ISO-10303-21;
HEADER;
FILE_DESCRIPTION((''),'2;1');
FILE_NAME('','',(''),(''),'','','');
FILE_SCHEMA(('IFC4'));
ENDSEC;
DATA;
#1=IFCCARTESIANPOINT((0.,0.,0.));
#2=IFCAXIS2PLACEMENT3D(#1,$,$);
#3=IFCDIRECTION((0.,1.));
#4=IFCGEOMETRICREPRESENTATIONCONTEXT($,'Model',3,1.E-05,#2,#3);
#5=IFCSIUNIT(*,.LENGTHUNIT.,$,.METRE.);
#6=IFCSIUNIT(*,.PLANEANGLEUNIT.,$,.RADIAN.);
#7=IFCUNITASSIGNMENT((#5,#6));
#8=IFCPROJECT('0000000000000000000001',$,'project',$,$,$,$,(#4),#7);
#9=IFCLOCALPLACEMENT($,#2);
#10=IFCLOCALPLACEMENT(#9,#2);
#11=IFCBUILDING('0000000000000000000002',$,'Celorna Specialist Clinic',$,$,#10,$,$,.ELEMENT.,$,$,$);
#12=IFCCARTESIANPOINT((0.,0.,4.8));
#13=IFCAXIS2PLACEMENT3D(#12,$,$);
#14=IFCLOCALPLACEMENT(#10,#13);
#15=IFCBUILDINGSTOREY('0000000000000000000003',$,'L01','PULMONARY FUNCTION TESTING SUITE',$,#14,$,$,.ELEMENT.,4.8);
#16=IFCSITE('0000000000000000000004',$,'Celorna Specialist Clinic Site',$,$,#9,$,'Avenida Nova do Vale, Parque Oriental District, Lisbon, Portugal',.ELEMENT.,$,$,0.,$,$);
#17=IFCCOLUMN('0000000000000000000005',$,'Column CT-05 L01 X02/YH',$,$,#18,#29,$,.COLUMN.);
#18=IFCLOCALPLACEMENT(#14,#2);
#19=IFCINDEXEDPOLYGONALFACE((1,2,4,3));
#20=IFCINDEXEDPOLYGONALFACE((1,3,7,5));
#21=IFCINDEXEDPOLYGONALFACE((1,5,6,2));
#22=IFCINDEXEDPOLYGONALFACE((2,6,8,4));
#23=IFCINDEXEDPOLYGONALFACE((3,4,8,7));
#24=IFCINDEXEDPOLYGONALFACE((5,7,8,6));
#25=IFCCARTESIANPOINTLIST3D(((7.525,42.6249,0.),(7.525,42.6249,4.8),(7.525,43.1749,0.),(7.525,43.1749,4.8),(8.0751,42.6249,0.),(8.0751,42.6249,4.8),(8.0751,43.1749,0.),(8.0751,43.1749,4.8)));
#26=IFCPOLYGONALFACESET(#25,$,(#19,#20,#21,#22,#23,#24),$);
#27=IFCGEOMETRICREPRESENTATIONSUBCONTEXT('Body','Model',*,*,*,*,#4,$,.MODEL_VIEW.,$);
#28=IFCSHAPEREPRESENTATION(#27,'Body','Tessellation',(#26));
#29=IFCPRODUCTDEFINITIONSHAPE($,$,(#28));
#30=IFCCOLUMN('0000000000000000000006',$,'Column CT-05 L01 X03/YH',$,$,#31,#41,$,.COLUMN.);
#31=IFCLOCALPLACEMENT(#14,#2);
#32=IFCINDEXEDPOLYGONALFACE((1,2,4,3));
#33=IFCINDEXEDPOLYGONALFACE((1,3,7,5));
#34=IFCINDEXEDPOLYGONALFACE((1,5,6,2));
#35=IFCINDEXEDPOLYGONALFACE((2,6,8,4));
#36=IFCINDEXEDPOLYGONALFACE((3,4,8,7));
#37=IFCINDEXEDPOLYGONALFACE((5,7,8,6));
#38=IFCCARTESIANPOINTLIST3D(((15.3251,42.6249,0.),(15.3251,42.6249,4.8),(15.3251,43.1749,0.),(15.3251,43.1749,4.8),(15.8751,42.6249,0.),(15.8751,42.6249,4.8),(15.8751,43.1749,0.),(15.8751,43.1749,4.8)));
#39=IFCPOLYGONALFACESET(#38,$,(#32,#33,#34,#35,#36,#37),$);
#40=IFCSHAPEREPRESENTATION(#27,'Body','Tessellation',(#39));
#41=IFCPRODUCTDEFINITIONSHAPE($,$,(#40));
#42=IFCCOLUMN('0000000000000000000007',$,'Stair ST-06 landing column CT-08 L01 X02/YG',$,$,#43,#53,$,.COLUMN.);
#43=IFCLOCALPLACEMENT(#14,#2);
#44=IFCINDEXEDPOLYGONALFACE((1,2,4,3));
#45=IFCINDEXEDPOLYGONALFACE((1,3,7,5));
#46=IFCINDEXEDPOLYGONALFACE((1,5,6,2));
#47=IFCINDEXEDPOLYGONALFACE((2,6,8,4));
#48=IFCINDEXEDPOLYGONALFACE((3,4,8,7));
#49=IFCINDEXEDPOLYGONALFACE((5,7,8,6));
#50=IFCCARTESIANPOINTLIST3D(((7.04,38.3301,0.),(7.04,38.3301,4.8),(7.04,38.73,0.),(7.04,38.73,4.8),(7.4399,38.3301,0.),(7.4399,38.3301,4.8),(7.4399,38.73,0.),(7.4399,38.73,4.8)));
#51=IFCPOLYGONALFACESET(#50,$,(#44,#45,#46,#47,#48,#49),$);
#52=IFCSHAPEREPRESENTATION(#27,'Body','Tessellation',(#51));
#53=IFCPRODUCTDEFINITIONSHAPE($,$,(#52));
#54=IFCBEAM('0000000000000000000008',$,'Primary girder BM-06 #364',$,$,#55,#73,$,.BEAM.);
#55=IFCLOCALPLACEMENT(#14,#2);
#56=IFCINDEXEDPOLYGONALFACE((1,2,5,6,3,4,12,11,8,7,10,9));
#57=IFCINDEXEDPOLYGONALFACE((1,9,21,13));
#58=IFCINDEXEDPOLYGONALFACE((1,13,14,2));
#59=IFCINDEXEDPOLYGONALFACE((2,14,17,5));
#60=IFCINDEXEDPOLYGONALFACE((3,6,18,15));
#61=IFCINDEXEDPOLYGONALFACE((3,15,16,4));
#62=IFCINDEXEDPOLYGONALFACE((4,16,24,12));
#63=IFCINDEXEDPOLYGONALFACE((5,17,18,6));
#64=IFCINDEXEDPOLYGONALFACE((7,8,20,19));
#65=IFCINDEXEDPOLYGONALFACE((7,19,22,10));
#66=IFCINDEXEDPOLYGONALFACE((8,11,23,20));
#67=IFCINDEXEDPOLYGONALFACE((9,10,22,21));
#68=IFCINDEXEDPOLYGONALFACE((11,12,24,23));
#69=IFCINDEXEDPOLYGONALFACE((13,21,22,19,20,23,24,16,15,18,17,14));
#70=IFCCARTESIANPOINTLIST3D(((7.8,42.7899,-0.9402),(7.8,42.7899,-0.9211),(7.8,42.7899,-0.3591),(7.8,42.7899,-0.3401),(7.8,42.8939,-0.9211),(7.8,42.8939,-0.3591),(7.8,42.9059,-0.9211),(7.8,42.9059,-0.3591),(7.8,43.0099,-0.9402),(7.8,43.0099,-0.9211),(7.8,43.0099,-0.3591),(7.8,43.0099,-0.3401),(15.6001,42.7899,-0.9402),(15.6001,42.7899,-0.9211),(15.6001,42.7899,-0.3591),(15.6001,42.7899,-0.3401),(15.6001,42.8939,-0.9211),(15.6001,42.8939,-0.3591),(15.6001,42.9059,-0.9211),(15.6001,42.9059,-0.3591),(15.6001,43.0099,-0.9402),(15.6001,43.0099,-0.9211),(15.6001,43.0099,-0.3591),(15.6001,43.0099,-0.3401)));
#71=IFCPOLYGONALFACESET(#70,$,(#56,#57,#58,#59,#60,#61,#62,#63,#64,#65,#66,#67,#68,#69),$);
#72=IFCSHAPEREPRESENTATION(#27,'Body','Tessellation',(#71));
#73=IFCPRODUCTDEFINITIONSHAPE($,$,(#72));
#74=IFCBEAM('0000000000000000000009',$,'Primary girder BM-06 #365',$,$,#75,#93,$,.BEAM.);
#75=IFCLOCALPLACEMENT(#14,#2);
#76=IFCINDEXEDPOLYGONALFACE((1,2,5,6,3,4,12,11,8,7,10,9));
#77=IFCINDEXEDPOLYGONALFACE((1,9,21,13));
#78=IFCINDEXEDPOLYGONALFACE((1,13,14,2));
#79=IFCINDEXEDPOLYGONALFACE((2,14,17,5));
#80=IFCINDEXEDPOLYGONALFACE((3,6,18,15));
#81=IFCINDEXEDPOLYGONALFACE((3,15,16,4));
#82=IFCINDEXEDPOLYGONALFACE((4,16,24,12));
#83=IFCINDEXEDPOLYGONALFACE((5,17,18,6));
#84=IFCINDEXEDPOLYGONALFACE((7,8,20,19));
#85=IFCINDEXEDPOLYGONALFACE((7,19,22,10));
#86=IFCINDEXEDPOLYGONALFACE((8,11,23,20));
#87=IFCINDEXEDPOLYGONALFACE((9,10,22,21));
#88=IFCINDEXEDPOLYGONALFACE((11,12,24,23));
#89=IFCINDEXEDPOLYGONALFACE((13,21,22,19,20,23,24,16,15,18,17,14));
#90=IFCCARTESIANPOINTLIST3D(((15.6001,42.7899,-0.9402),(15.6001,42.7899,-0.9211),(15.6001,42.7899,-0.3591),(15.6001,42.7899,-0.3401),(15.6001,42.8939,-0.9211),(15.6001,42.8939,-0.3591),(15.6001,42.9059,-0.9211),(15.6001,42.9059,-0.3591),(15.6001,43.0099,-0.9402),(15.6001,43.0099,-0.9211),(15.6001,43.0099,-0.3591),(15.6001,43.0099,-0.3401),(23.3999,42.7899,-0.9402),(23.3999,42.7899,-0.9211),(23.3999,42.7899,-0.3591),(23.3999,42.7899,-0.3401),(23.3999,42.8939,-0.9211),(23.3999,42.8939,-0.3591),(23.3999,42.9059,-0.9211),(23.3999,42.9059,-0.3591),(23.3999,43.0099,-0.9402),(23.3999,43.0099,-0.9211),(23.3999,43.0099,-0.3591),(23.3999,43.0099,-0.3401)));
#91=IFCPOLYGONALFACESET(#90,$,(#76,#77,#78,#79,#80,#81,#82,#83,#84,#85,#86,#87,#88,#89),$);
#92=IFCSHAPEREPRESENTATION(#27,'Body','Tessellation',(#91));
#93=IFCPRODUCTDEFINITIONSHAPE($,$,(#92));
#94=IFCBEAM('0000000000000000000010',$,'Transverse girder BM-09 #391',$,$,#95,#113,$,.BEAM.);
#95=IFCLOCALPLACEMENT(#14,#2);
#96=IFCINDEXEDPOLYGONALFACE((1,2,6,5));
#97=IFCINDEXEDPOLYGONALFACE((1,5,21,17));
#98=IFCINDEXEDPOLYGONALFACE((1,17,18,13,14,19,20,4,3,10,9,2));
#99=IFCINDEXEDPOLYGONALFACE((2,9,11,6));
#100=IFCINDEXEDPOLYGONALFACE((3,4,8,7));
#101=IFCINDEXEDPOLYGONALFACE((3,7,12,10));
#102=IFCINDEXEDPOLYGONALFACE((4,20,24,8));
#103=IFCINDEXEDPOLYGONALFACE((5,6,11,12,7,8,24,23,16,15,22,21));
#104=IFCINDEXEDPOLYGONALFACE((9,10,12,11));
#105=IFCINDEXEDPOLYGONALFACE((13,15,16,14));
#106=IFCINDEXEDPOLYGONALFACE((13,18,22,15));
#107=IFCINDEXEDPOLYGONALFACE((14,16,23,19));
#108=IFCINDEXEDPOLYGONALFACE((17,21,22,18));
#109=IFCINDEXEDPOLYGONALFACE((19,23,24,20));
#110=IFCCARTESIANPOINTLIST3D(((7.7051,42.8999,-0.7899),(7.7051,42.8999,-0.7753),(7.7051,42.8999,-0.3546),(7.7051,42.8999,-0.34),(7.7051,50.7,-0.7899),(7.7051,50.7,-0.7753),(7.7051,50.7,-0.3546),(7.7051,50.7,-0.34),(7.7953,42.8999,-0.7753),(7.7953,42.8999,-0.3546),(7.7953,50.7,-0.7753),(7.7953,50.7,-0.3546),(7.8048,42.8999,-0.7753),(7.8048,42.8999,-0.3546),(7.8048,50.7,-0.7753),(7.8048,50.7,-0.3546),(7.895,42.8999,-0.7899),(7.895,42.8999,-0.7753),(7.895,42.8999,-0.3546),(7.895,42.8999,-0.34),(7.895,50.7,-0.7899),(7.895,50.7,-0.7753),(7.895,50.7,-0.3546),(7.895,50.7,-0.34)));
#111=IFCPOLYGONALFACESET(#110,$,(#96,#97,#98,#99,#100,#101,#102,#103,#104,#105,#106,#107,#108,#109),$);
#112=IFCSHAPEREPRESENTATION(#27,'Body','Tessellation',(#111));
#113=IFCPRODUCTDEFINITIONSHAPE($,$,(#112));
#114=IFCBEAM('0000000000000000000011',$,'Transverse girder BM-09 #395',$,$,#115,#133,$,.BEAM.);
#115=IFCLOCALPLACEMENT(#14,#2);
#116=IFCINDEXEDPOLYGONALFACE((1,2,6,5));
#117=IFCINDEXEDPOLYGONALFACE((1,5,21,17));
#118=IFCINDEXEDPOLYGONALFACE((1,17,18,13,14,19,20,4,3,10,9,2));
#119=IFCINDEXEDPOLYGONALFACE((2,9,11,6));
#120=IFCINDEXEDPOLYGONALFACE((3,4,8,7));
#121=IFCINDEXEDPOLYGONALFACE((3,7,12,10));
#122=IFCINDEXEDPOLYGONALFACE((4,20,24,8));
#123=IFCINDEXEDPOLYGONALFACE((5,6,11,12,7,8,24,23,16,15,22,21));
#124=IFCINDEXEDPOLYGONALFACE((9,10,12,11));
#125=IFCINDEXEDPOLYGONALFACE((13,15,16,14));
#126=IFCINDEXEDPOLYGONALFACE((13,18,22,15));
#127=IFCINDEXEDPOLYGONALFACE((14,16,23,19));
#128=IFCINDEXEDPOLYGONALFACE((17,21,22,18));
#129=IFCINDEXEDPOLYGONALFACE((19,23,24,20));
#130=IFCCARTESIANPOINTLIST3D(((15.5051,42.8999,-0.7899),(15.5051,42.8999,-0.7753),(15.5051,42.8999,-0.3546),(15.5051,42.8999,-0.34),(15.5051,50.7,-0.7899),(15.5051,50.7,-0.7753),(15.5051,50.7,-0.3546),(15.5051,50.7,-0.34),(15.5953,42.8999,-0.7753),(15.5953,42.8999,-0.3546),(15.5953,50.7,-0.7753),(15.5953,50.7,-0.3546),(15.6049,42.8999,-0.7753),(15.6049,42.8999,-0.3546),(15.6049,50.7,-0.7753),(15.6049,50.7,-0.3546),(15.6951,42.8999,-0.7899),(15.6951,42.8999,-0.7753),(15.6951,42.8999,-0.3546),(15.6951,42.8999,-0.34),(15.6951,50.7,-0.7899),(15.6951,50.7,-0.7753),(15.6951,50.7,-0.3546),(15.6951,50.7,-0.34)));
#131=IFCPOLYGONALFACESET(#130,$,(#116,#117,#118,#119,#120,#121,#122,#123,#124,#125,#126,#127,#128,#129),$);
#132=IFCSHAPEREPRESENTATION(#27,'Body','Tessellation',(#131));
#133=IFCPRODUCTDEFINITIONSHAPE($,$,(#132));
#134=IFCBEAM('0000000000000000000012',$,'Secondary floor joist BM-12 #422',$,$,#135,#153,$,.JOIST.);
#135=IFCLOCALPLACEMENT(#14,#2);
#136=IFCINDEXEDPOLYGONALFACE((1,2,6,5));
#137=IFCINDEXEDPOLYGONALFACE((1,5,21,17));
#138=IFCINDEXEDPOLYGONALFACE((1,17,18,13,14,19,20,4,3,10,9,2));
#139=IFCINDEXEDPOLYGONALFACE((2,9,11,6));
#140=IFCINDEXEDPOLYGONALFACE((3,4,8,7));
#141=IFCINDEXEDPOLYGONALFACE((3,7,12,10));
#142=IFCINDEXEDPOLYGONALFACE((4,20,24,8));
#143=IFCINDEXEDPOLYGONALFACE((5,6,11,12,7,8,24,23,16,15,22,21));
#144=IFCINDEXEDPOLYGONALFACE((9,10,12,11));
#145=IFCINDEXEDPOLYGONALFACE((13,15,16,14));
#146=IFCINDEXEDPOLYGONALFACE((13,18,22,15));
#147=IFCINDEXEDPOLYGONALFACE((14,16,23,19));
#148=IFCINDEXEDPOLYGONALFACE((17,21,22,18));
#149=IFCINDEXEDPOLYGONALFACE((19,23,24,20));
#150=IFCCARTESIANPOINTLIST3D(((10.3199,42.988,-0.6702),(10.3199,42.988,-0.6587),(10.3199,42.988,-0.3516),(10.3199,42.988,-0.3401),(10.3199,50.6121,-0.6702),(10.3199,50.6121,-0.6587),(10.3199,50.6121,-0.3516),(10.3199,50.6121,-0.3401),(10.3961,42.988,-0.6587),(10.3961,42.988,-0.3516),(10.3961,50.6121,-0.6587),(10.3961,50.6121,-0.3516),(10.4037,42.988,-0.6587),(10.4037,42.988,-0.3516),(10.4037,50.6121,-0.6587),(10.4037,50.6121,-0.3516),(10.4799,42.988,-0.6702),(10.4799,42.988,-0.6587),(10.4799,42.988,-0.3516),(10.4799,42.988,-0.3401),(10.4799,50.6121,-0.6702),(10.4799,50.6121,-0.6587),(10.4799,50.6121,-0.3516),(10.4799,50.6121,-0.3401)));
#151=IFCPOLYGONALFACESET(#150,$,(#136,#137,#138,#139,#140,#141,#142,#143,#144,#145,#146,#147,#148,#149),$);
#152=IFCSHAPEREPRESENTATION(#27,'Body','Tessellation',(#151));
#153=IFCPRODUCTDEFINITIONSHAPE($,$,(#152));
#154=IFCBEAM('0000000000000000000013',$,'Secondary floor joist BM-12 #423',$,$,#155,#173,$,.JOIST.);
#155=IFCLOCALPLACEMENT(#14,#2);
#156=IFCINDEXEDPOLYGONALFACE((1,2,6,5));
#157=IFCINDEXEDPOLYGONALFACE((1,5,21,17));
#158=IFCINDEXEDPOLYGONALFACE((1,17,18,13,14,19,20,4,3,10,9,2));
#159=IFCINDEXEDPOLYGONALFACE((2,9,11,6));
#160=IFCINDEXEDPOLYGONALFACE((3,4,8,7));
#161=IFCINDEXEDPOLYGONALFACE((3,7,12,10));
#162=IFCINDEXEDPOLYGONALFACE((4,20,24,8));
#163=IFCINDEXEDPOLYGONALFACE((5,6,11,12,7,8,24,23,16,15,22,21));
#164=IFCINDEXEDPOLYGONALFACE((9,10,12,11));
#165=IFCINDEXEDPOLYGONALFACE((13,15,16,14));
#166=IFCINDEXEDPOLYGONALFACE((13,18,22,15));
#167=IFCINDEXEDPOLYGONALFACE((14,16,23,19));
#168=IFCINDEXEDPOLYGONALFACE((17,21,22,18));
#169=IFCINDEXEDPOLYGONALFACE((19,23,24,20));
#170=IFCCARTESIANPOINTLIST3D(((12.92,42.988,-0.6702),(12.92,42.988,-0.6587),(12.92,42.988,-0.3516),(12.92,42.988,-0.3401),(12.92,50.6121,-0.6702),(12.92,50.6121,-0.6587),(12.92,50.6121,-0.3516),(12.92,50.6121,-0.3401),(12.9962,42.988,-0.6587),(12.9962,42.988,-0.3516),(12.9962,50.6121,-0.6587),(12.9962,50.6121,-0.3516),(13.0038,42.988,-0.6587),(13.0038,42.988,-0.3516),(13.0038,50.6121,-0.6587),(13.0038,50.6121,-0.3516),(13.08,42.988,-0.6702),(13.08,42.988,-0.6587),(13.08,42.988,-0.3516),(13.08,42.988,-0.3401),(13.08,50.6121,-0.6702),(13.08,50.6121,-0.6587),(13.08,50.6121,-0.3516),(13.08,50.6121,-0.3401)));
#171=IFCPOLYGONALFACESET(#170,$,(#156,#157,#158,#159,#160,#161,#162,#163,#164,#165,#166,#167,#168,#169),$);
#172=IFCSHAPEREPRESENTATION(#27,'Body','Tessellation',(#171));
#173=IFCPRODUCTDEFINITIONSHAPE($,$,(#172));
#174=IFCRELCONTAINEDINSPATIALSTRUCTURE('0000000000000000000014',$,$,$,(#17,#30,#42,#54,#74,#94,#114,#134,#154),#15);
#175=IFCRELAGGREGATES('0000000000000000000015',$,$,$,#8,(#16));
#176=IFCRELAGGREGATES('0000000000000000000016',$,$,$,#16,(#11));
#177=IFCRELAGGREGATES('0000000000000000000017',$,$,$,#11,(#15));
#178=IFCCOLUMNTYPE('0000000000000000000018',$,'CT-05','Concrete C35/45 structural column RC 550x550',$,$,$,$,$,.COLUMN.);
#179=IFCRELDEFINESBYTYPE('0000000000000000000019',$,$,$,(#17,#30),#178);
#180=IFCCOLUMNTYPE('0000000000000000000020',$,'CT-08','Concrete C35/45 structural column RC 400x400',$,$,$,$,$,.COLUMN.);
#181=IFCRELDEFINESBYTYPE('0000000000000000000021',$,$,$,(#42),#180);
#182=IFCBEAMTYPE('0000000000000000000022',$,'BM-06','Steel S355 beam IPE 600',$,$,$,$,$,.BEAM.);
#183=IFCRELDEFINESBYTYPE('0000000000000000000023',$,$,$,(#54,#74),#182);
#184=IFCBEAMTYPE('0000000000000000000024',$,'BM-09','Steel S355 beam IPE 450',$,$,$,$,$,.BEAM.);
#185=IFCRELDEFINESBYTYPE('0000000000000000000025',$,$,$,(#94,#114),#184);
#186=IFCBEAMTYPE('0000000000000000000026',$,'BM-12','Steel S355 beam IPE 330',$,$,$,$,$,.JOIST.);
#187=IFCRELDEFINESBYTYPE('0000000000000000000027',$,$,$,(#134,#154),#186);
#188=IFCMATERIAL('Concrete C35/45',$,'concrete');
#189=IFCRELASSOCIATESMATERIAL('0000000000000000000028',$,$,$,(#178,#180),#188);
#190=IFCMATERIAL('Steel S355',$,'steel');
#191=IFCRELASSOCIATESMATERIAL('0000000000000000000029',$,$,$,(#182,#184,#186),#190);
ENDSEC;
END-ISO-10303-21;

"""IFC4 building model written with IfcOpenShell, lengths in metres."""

from ifc_helpers import new_model, si_unit, direction, frame, origin, origin_2d, place, context, subcontext, project, spatial, rectangle, i_section, extrude, material, material_profile, profile_set, type_object, element, save


model = new_model("IFC4")

# Units and contexts
model_context = context("Model", 3, precision=1e-05, world=origin(), true_north=direction((0.0, 1.0)))
body_context = subcontext(model_context, "Body", "Model", "MODEL_VIEW")
ifc_project = project(units=[si_unit("LENGTHUNIT", "METRE"), si_unit("PLANEANGLEUNIT", "RADIAN")], contexts=[model_context])

# Site, building, storey
site_placement = place(None, origin())
site = spatial("IfcSite", under=ifc_project, at=site_placement, Name="Celorna Specialist Clinic Site", LongName="Avenida Nova do Vale, Parque Oriental District, Lisbon, Portugal", CompositionType="ELEMENT", RefElevation=0.0)
building_placement = place(site_placement, origin())
building = spatial("IfcBuilding", under=site, at=building_placement, Name="Celorna Specialist Clinic", CompositionType="ELEMENT")
storey_placement = place(building_placement, frame((0.0, 0.0, 4.8)))
storey = spatial("IfcBuildingStorey", under=building, at=storey_placement, Name="L01", Description="PULMONARY FUNCTION TESTING SUITE", CompositionType="ELEMENT", Elevation=4.8)

# Columns
ifc_material_1 = material(Name="Concrete C35/45", Category="concrete")
ifc_material_profile_1 = material_profile(ifc_material_1, rectangle(XDim=0.55, YDim=0.55, at=origin_2d()), Name="RC 550x550")
ifc_profile_set_1 = profile_set([ifc_material_profile_1], Name="Concrete C35/45")
column_type_1 = type_object("IfcColumnType", Name="CT-05", Description="Concrete C35/45 structural column RC 550x550", PredefinedType="COLUMN", material=ifc_profile_set_1)
for number, where, z_axis, x_axis, name in (
    (1, (7.8, 42.8999, 0.0), (0.0, 0.0, 1.0), (1.0, 0.0, 0.0), "Column CT-05 L01 X02/YH"),
    (2, (15.6001, 42.8999, 0.0), (0.0, 0.0, 1.0), (1.0, 0.0, 0.0), "Column CT-05 L01 X03/YH"),
):
    element("IfcColumn", number, at=place(storey_placement, frame(where, z_axis=z_axis, x_axis=x_axis)), inside=storey, type_object=column_type_1, Name=name, PredefinedType="COLUMN", context=body_context, shape_type="SweptSolid", body=[
        extrude(rectangle(XDim=0.55, YDim=0.55, at=origin_2d()), origin(), (0.0, 0.0, 1.0), 4.8),
    ])
ifc_material_profile_2 = material_profile(ifc_material_1, rectangle(XDim=0.3999, YDim=0.3999, at=origin_2d()), Name="RC 400x400")
ifc_profile_set_2 = profile_set([ifc_material_profile_2], Name="Concrete C35/45")
column_type_2 = type_object("IfcColumnType", Name="CT-08", Description="Concrete C35/45 structural column RC 400x400", PredefinedType="COLUMN", material=ifc_profile_set_2)
column_placement = place(storey_placement, frame((7.24, 38.53, 0.0), z_axis=(0.0, 0.0, 1.0), x_axis=(1.0, 0.0, 0.0)))
element("IfcColumn", 3, at=column_placement, inside=storey, type_object=column_type_2, Name="Stair ST-06 landing column CT-08 L01 X02/YG", PredefinedType="COLUMN", context=body_context, shape_type="SweptSolid", body=[
    extrude(rectangle(XDim=0.3999, YDim=0.3999, at=origin_2d()), origin(), (0.0, 0.0, 1.0), 4.8),
])

# Beams
ifc_material_2 = material(Name="Steel S355", Category="steel")
ifc_material_profile_3 = material_profile(ifc_material_2, i_section(OverallWidth=0.22, OverallDepth=0.6001, WebThickness=0.012, FlangeThickness=0.019, at=origin_2d()), Name="IPE 600")
ifc_profile_set_3 = profile_set([ifc_material_profile_3], Name="Steel S355")
beam_type_1 = type_object("IfcBeamType", Name="BM-06", Description="Steel S355 beam IPE 600", PredefinedType="BEAM", material=ifc_profile_set_3)
beam_1_placement = place(storey_placement, frame((7.8, 42.8999, -0.6401), z_axis=(1.0, 0.0, 0.0), x_axis=(0.0, 1.0, 0.0)))
element("IfcBeam", 4, at=beam_1_placement, inside=storey, type_object=beam_type_1, Name="Primary girder BM-06 #364", PredefinedType="BEAM", context=body_context, shape_type="SweptSolid", body=[
    extrude(i_section(OverallWidth=0.22, OverallDepth=0.6001, WebThickness=0.012, FlangeThickness=0.019, at=origin_2d()), origin(), (0.0, 0.0, 1.0), 7.8),
])
beam_2_placement = place(storey_placement, frame((15.6001, 42.8999, -0.6401), z_axis=(1.0, 0.0, 0.0), x_axis=(0.0, 1.0, 0.0)))
element("IfcBeam", 5, at=beam_2_placement, inside=storey, type_object=beam_type_1, Name="Primary girder BM-06 #365", PredefinedType="BEAM", context=body_context, shape_type="SweptSolid", body=[
    extrude(i_section(OverallWidth=0.22, OverallDepth=0.6001, WebThickness=0.012, FlangeThickness=0.019, at=origin_2d()), origin(), (0.0, 0.0, 1.0), 7.7998),
])
ifc_material_profile_4 = material_profile(ifc_material_2, i_section(OverallWidth=0.1899, OverallDepth=0.45, WebThickness=0.0095, FlangeThickness=0.0146, at=origin_2d()), Name="IPE 450")
ifc_profile_set_4 = profile_set([ifc_material_profile_4], Name="Steel S355")
beam_type_2 = type_object("IfcBeamType", Name="BM-09", Description="Steel S355 beam IPE 450", PredefinedType="BEAM", material=ifc_profile_set_4)
for number, where, z_axis, x_axis, name in (
    (6, (7.8, 42.8999, -0.5649), (0.0, 1.0, 0.0), (-1.0, 0.0, 0.0), "Transverse girder BM-09 #391"),
    (7, (15.6001, 42.8999, -0.5649), (0.0, 1.0, 0.0), (-1.0, 0.0, 0.0), "Transverse girder BM-09 #395"),
):
    element("IfcBeam", number, at=place(storey_placement, frame(where, z_axis=z_axis, x_axis=x_axis)), inside=storey, type_object=beam_type_2, Name=name, PredefinedType="BEAM", context=body_context, shape_type="SweptSolid", body=[
        extrude(i_section(OverallWidth=0.1899, OverallDepth=0.45, WebThickness=0.0095, FlangeThickness=0.0146, at=origin_2d()), origin(), (0.0, 0.0, 1.0), 7.8),
    ])
ifc_material_profile_5 = material_profile(ifc_material_2, i_section(OverallWidth=0.1599, OverallDepth=0.3301, WebThickness=0.0076, FlangeThickness=0.0115, at=origin_2d()), Name="IPE 330")
ifc_profile_set_5 = profile_set([ifc_material_profile_5], Name="Steel S355")
beam_type_3 = type_object("IfcBeamType", Name="BM-12", Description="Steel S355 beam IPE 330", PredefinedType="JOIST", material=ifc_profile_set_5)
for number, where, z_axis, x_axis, name in (
    (8, (10.3999, 42.988, -0.5051), (0.0, 1.0, 0.0), (-1.0, 0.0, 0.0), "Secondary floor joist BM-12 #422"),
    (9, (13.0, 42.988, -0.5051), (0.0, 1.0, 0.0), (-1.0, 0.0, 0.0), "Secondary floor joist BM-12 #423"),
):
    element("IfcBeam", number, at=place(storey_placement, frame(where, z_axis=z_axis, x_axis=x_axis)), inside=storey, type_object=beam_type_3, Name=name, PredefinedType="JOIST", context=body_context, shape_type="SweptSolid", body=[
        extrude(i_section(OverallWidth=0.1599, OverallDepth=0.3301, WebThickness=0.0076, FlangeThickness=0.0115, at=origin_2d()), origin(), (0.0, 0.0, 1.0), 7.624),
    ])

save(model, "model.ifc")
